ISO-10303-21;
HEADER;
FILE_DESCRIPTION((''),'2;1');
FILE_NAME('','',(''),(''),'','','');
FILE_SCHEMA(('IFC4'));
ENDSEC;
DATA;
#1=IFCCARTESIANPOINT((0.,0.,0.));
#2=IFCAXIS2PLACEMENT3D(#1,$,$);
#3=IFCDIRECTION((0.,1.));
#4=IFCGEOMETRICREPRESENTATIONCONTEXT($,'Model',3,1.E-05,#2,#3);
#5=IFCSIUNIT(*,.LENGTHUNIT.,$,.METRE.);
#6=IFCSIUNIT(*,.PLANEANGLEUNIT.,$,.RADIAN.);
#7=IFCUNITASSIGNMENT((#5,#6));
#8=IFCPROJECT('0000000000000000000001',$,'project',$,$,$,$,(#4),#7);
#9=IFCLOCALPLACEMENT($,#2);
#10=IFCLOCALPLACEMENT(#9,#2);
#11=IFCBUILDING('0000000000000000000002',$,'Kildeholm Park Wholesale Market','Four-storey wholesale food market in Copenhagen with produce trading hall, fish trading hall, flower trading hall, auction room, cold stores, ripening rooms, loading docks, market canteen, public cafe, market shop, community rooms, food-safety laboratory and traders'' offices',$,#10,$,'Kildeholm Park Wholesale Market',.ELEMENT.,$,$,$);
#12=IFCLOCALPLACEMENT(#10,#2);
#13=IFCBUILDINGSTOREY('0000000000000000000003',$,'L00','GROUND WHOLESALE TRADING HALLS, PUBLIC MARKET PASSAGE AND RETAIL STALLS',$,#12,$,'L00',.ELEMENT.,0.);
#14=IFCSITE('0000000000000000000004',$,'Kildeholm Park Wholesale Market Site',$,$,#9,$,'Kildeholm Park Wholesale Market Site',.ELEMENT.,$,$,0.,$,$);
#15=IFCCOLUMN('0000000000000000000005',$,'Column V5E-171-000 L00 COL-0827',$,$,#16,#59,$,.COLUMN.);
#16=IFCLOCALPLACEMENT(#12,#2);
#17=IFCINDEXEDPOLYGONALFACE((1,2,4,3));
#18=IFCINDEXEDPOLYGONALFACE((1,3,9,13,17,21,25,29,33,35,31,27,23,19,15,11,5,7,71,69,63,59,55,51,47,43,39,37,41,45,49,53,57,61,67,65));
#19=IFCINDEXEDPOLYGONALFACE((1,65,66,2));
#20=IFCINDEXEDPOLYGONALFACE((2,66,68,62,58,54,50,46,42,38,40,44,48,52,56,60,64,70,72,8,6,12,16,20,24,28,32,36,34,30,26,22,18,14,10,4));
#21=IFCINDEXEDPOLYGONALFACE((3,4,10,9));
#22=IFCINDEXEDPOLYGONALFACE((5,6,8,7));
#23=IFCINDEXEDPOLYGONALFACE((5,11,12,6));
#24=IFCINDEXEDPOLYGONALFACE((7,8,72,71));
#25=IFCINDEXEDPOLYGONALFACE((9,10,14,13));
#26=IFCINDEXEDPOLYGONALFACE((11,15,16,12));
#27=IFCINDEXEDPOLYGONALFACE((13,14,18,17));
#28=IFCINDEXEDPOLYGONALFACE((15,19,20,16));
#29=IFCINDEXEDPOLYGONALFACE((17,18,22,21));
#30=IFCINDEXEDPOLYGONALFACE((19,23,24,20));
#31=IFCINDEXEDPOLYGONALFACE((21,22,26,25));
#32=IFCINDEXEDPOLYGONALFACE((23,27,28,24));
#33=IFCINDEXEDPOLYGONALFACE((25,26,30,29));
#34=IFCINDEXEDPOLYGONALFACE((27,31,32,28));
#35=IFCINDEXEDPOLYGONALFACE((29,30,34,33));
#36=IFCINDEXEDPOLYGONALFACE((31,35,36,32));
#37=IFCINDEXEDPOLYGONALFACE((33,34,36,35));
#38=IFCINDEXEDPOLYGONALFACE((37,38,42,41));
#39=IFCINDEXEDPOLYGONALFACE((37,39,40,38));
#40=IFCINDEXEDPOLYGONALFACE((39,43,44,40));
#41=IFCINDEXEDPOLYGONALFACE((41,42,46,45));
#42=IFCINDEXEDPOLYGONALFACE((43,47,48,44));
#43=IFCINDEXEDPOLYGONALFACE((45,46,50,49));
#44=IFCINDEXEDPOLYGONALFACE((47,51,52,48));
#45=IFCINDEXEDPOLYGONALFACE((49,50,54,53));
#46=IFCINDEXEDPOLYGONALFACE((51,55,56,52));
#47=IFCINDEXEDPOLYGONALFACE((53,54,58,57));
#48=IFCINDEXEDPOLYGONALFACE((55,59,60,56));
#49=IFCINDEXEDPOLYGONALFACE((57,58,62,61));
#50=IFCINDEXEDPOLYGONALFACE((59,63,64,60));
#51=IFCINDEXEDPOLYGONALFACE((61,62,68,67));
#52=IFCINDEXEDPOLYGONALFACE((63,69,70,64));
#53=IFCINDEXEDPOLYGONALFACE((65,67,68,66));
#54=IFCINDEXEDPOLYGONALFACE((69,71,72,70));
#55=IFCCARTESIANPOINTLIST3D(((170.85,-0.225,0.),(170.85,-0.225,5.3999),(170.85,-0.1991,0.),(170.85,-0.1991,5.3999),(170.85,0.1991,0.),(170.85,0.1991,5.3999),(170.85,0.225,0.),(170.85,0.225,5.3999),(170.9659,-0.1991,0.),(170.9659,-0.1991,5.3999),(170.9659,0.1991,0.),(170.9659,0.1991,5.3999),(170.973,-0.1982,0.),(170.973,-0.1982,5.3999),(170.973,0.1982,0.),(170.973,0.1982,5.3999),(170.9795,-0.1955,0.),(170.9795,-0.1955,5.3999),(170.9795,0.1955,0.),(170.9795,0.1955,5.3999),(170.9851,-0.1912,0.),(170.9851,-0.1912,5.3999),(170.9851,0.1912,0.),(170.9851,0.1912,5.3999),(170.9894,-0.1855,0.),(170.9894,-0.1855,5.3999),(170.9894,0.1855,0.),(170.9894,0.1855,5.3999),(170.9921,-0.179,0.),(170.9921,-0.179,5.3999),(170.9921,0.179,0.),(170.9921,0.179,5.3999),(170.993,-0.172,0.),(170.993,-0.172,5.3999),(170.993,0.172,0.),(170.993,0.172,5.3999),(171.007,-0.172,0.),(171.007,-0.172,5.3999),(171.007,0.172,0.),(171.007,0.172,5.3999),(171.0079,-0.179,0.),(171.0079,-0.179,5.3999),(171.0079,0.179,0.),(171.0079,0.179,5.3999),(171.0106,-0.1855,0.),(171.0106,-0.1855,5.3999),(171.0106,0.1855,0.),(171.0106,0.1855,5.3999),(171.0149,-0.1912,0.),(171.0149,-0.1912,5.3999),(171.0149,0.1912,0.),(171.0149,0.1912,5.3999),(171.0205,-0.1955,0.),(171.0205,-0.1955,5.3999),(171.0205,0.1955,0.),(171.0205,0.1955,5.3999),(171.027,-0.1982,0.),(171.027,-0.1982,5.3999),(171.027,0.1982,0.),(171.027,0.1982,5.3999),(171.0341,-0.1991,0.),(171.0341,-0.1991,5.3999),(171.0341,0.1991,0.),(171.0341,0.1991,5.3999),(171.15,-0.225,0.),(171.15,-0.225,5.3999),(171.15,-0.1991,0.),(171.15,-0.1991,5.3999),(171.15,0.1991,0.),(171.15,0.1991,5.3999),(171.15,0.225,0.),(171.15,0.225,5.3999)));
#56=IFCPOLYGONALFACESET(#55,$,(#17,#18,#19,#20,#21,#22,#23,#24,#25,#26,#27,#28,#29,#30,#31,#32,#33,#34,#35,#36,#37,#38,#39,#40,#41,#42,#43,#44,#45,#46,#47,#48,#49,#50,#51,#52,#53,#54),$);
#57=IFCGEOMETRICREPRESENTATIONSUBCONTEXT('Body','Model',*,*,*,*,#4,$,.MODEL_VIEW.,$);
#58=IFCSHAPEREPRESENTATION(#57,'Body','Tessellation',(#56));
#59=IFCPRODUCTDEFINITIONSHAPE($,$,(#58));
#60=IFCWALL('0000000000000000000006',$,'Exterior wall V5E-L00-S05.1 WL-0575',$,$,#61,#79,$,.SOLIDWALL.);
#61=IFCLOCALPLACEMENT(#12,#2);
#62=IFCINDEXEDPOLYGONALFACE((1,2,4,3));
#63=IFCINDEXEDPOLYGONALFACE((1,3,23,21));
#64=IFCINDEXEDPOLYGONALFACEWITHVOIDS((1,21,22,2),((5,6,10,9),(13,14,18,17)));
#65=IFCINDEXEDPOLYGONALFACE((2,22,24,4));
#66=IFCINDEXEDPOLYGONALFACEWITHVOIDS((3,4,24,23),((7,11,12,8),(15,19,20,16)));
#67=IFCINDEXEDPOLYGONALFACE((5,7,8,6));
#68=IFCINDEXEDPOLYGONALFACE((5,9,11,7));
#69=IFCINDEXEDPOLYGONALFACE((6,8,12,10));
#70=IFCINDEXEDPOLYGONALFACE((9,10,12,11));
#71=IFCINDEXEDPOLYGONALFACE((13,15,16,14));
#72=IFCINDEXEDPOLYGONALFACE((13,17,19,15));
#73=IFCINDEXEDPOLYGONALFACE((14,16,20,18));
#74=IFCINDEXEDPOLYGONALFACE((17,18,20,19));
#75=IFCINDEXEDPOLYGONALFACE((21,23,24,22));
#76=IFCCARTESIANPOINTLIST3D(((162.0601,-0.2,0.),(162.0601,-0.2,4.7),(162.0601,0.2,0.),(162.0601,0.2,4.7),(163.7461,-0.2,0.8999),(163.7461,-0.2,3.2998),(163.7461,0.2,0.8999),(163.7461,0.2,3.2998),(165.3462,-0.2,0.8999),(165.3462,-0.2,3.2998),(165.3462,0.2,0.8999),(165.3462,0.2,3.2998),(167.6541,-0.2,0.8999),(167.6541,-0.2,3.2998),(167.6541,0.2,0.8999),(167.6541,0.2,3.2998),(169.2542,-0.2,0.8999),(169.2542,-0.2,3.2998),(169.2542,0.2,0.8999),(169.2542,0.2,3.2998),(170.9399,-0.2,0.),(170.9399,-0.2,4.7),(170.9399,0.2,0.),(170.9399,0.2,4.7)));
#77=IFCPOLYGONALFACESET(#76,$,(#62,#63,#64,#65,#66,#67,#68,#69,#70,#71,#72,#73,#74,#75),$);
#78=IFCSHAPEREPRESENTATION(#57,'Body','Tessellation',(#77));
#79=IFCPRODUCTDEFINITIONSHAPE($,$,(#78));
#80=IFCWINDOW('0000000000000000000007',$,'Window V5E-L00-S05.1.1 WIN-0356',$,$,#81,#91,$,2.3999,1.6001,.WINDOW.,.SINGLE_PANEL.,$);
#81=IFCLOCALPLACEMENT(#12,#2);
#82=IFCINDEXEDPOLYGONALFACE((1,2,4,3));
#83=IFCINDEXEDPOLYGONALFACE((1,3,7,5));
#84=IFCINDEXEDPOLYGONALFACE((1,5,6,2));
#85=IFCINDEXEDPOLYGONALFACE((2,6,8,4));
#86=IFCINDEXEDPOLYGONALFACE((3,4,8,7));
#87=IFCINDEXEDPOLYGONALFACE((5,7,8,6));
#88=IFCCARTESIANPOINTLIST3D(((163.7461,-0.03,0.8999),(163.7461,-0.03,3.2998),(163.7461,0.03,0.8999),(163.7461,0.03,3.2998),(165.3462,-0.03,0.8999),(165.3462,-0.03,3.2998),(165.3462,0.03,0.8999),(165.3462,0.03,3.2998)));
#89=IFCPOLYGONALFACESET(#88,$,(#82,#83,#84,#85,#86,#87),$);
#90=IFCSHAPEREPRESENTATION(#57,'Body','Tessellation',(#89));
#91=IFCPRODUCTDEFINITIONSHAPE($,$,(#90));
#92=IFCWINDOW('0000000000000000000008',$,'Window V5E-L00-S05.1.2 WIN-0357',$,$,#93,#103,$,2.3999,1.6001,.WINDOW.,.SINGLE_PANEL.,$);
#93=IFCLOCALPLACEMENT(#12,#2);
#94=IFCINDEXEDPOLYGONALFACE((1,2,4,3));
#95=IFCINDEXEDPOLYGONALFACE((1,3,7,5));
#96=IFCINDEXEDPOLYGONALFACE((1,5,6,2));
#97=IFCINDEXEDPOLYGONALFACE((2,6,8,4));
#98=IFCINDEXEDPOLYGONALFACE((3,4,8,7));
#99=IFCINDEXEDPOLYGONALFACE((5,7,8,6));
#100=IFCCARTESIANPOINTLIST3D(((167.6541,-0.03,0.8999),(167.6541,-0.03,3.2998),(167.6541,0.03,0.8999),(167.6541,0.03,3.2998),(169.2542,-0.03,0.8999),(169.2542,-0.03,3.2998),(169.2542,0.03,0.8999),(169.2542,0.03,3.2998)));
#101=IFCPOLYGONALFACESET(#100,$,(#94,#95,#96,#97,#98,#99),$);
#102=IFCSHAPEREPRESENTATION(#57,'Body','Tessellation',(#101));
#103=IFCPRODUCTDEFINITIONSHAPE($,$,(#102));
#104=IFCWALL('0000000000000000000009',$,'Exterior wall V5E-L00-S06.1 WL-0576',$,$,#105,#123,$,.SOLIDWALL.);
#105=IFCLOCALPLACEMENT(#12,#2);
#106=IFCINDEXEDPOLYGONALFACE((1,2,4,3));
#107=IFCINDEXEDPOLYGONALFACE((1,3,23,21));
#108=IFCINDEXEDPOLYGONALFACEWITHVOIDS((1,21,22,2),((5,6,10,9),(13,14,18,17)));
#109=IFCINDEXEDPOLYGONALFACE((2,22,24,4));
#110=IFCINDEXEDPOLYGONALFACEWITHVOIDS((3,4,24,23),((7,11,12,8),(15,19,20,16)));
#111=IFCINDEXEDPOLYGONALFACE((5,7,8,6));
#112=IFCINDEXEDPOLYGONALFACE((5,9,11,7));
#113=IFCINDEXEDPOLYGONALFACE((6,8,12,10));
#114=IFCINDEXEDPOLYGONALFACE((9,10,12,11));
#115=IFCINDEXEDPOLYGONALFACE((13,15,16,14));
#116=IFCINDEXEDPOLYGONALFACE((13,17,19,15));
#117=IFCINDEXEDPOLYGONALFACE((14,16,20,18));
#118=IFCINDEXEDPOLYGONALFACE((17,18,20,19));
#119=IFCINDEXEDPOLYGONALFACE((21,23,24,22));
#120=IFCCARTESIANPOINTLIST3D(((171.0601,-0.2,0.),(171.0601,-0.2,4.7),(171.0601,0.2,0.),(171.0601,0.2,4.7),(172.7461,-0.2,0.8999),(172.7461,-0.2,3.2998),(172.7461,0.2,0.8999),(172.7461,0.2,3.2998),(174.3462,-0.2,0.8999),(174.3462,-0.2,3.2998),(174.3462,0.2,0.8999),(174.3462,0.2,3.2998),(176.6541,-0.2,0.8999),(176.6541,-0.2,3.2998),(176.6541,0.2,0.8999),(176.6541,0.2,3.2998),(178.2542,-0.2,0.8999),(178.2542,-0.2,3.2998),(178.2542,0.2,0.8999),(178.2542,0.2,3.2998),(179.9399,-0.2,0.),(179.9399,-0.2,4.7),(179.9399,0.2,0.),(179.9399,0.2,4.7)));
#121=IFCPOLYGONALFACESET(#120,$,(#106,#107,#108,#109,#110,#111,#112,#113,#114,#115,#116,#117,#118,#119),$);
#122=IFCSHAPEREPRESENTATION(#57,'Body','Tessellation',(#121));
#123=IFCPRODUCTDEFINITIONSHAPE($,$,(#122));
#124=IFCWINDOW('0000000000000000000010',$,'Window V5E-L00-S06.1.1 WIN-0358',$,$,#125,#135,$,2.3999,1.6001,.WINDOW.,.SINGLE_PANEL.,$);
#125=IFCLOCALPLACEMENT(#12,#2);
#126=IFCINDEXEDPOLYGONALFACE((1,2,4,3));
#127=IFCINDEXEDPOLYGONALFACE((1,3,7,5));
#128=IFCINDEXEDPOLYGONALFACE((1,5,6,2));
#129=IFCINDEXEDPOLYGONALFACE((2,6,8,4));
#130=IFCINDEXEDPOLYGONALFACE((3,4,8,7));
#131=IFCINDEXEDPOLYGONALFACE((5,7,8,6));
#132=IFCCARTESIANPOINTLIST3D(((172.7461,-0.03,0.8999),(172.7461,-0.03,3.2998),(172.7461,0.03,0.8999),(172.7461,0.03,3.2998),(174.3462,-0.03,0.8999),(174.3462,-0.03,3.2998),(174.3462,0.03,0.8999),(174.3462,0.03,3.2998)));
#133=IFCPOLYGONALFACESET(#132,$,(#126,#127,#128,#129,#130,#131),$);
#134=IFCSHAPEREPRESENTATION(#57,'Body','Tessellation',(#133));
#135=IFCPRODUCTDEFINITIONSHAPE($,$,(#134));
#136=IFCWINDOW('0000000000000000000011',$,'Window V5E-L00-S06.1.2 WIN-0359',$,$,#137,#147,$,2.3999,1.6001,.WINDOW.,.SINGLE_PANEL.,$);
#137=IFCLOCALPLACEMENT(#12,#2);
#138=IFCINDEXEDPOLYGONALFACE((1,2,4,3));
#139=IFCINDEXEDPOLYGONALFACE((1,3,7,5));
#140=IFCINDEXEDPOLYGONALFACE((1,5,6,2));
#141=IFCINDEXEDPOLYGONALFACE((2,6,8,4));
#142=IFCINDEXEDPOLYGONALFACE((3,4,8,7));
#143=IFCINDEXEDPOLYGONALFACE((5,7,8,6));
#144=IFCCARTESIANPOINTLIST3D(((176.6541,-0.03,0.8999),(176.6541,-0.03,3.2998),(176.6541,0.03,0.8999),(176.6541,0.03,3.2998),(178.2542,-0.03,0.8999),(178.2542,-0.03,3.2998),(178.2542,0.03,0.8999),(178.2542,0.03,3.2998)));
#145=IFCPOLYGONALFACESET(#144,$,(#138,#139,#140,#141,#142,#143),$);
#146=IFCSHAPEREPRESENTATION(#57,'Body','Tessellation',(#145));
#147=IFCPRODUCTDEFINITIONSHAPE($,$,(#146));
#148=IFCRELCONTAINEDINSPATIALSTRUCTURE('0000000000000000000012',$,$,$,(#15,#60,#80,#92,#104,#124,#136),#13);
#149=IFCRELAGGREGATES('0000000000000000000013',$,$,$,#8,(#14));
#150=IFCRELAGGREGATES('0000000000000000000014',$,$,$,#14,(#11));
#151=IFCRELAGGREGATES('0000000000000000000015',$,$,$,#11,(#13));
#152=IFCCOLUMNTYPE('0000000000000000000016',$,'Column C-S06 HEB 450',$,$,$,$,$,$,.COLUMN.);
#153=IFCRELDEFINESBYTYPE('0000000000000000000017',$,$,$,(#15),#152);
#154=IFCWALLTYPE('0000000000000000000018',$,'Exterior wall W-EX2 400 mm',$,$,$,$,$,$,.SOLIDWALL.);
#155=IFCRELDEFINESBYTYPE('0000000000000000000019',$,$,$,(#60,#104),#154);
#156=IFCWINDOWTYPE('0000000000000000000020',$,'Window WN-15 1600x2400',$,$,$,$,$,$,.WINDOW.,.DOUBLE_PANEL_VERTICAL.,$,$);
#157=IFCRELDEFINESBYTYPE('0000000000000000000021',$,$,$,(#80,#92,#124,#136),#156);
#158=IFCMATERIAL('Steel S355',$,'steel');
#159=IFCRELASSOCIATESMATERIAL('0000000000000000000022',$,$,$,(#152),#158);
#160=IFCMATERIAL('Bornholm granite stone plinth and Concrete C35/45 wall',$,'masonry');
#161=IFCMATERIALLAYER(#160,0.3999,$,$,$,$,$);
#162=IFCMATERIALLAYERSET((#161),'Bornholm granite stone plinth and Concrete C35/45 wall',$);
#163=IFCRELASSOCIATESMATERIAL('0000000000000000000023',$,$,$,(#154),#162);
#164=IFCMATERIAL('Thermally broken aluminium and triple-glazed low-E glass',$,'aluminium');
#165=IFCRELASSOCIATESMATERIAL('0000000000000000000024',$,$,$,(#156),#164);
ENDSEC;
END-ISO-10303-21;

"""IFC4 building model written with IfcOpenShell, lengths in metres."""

from ifc_helpers import new_model, si_unit, direction, frame, frame_2d, origin, origin_2d, place, context, subcontext, project, spatial, rectangle, i_section, extrude, material, layer, layer_set, material_profile, profile_set, type_object, element, fill, save


model = new_model("IFC4")

# Units and contexts
model_context = context("Model", 3, precision=1e-05, world=origin(), true_north=direction((0.0, 1.0)))
body_context = subcontext(model_context, "Body", "Model", "MODEL_VIEW")
ifc_project = project(units=[si_unit("LENGTHUNIT", "METRE"), si_unit("PLANEANGLEUNIT", "RADIAN")], contexts=[model_context])

# Site, building, storey
site_placement = place(None, origin())
site = spatial("IfcSite", under=ifc_project, at=site_placement, Name="Kildeholm Park Wholesale Market Site", LongName="Kildeholm Park Wholesale Market Site", CompositionType="ELEMENT", RefElevation=0.0)
building_placement = place(site_placement, origin())
building = spatial("IfcBuilding", under=site, at=building_placement, Name="Kildeholm Park Wholesale Market", Description="Four-storey wholesale food market in Copenhagen with produce trading hall, fish trading hall, flower trading hall, auction room, cold stores, ripening rooms, loading docks, market canteen, public cafe, market shop, community rooms, food-safety laboratory and traders' offices", LongName="Kildeholm Park Wholesale Market", CompositionType="ELEMENT")
storey_placement = place(building_placement, origin())
storey = spatial("IfcBuildingStorey", under=building, at=storey_placement, Name="L00", Description="GROUND WHOLESALE TRADING HALLS, PUBLIC MARKET PASSAGE AND RETAIL STALLS", LongName="L00", CompositionType="ELEMENT", Elevation=0.0)

# Column
ifc_material_1 = material(Name="Steel S355", Category="steel")
ifc_material_profile_1 = material_profile(ifc_material_1, i_section(OverallWidth=0.3, OverallDepth=0.45, WebThickness=0.0139, FlangeThickness=0.0259, FilletRadius=0.0271, at=origin_2d()), Name="HEB 450")
ifc_profile_set_1 = profile_set([ifc_material_profile_1], Name="Steel S355")
column_type = type_object("IfcColumnType", Name="Column C-S06 HEB 450", PredefinedType="COLUMN", material=ifc_profile_set_1)
column_placement = place(storey_placement, frame((171.0, 0.0, 0.0), z_axis=(0.0, 0.0, 1.0), x_axis=(1.0, 0.0, 0.0)))
element("IfcColumn", 1, at=column_placement, inside=storey, type_object=column_type, Name="Column V5E-171-000 L00 COL-0827", PredefinedType="COLUMN", context=body_context, shape_type="SweptSolid", body=[
    extrude(i_section(OverallWidth=0.3, OverallDepth=0.45, WebThickness=0.0139, FlangeThickness=0.0259, FilletRadius=0.0271, at=origin_2d()), origin(), (0.0, 0.0, 1.0), 5.3999),
])

# Walls, openings, windows
ifc_material_2 = material(Name="Bornholm granite stone plinth and Concrete C35/45 wall", Category="masonry")
ifc_layer = layer(ifc_material_2, 0.3999)
ifc_layer_set = layer_set([ifc_layer], Name="Bornholm granite stone plinth and Concrete C35/45 wall")
wall_type = type_object("IfcWallType", Name="Exterior wall W-EX2 400 mm", PredefinedType="SOLIDWALL", material=ifc_layer_set)
wall_1_placement = place(storey_placement, frame((162.0601, 0.0, 0.0), z_axis=(0.0, 0.0, 1.0), x_axis=(1.0, 0.0, 0.0)))
wall_1 = element("IfcWall", 2, at=wall_1_placement, inside=storey, type_object=wall_type, Name="Exterior wall V5E-L00-S05.1 WL-0575", PredefinedType="SOLIDWALL", context=body_context, shape_type="SweptSolid", body=[
    extrude(rectangle(XDim=8.8799, YDim=0.3999, at=frame_2d((4.4399, 0.0))), origin(), (0.0, 0.0, 1.0), 4.7),
])
opening_1_placement = place(wall_1_placement, frame((1.686, 0.0, 0.8999)))
opening_1 = element("IfcOpeningElement", 3, at=opening_1_placement, cuts=wall_1, PredefinedType="OPENING", context=body_context, shape_type="SweptSolid", body=[
    extrude(rectangle(XDim=1.6001, YDim=2.3999, at=frame_2d((0.8, 1.2))), frame((0.0, 0.21, 0.0), z_axis=(0.0, -1.0, 0.0), x_axis=(1.0, 0.0, 0.0)), (0.0, 0.0, 1.0), 0.4199),
])
opening_2_placement = place(wall_1_placement, frame((5.594, 0.0, 0.8999)))
opening_2 = element("IfcOpeningElement", 4, at=opening_2_placement, cuts=wall_1, PredefinedType="OPENING", context=body_context, shape_type="SweptSolid", body=[
    extrude(rectangle(XDim=1.6001, YDim=2.3999, at=frame_2d((0.8, 1.2))), frame((0.0, 0.21, 0.0), z_axis=(0.0, -1.0, 0.0), x_axis=(1.0, 0.0, 0.0)), (0.0, 0.0, 1.0), 0.4199),
])
ifc_material_3 = material(Name="Thermally broken aluminium and triple-glazed low-E glass", Category="aluminium")
window_type = type_object("IfcWindowType", Name="Window WN-15 1600x2400", PartitioningType="DOUBLE_PANEL_VERTICAL", PredefinedType="WINDOW", material=ifc_material_3)
window_1_placement = place(opening_1_placement, origin())
window_1 = element("IfcWindow", 5, at=window_1_placement, inside=storey, type_object=window_type, Name="Window V5E-L00-S05.1.1 WIN-0356", OverallHeight=2.3999, OverallWidth=1.6001, PartitioningType="SINGLE_PANEL", PredefinedType="WINDOW", context=body_context, shape_type="SweptSolid", body=[
    extrude(rectangle(XDim=1.6001, YDim=2.3999, at=frame_2d((0.8, 1.2))), frame((0.0, 0.03, 0.0), z_axis=(0.0, -1.0, 0.0), x_axis=(1.0, 0.0, 0.0)), (0.0, 0.0, 1.0), 0.0601),
])
fill(opening_1, window_1)
window_2_placement = place(opening_2_placement, origin())
window_2 = element("IfcWindow", 6, at=window_2_placement, inside=storey, type_object=window_type, Name="Window V5E-L00-S05.1.2 WIN-0357", OverallHeight=2.3999, OverallWidth=1.6001, PartitioningType="SINGLE_PANEL", PredefinedType="WINDOW", context=body_context, shape_type="SweptSolid", body=[
    extrude(rectangle(XDim=1.6001, YDim=2.3999, at=frame_2d((0.8, 1.2))), frame((0.0, 0.03, 0.0), z_axis=(0.0, -1.0, 0.0), x_axis=(1.0, 0.0, 0.0)), (0.0, 0.0, 1.0), 0.0601),
])
fill(opening_2, window_2)
wall_2_placement = place(storey_placement, frame((171.0601, 0.0, 0.0), z_axis=(0.0, 0.0, 1.0), x_axis=(1.0, 0.0, 0.0)))
wall_2 = element("IfcWall", 7, at=wall_2_placement, inside=storey, type_object=wall_type, Name="Exterior wall V5E-L00-S06.1 WL-0576", PredefinedType="SOLIDWALL", context=body_context, shape_type="SweptSolid", body=[
    extrude(rectangle(XDim=8.8799, YDim=0.3999, at=frame_2d((4.4399, 0.0))), origin(), (0.0, 0.0, 1.0), 4.7),
])
opening_3_placement = place(wall_2_placement, frame((1.686, 0.0, 0.8999)))
opening_3 = element("IfcOpeningElement", 8, at=opening_3_placement, cuts=wall_2, PredefinedType="OPENING", context=body_context, shape_type="SweptSolid", body=[
    extrude(rectangle(XDim=1.6001, YDim=2.3999, at=frame_2d((0.8, 1.2))), frame((0.0, 0.21, 0.0), z_axis=(0.0, -1.0, 0.0), x_axis=(1.0, 0.0, 0.0)), (0.0, 0.0, 1.0), 0.4199),
])
opening_4_placement = place(wall_2_placement, frame((5.594, 0.0, 0.8999)))
opening_4 = element("IfcOpeningElement", 9, at=opening_4_placement, cuts=wall_2, PredefinedType="OPENING", context=body_context, shape_type="SweptSolid", body=[
    extrude(rectangle(XDim=1.6001, YDim=2.3999, at=frame_2d((0.8, 1.2))), frame((0.0, 0.21, 0.0), z_axis=(0.0, -1.0, 0.0), x_axis=(1.0, 0.0, 0.0)), (0.0, 0.0, 1.0), 0.4199),
])
window_3_placement = place(opening_3_placement, origin())
window_3 = element("IfcWindow", 10, at=window_3_placement, inside=storey, type_object=window_type, Name="Window V5E-L00-S06.1.1 WIN-0358", OverallHeight=2.3999, OverallWidth=1.6001, PartitioningType="SINGLE_PANEL", PredefinedType="WINDOW", context=body_context, shape_type="SweptSolid", body=[
    extrude(rectangle(XDim=1.6001, YDim=2.3999, at=frame_2d((0.8, 1.2))), frame((0.0, 0.03, 0.0), z_axis=(0.0, -1.0, 0.0), x_axis=(1.0, 0.0, 0.0)), (0.0, 0.0, 1.0), 0.0601),
])
fill(opening_3, window_3)
window_4_placement = place(opening_4_placement, origin())
window_4 = element("IfcWindow", 11, at=window_4_placement, inside=storey, type_object=window_type, Name="Window V5E-L00-S06.1.2 WIN-0359", OverallHeight=2.3999, OverallWidth=1.6001, PartitioningType="SINGLE_PANEL", PredefinedType="WINDOW", context=body_context, shape_type="SweptSolid", body=[
    extrude(rectangle(XDim=1.6001, YDim=2.3999, at=frame_2d((0.8, 1.2))), frame((0.0, 0.03, 0.0), z_axis=(0.0, -1.0, 0.0), x_axis=(1.0, 0.0, 0.0)), (0.0, 0.0, 1.0), 0.0601),
])
fill(opening_4, window_4)

save(model, "model.ifc")
